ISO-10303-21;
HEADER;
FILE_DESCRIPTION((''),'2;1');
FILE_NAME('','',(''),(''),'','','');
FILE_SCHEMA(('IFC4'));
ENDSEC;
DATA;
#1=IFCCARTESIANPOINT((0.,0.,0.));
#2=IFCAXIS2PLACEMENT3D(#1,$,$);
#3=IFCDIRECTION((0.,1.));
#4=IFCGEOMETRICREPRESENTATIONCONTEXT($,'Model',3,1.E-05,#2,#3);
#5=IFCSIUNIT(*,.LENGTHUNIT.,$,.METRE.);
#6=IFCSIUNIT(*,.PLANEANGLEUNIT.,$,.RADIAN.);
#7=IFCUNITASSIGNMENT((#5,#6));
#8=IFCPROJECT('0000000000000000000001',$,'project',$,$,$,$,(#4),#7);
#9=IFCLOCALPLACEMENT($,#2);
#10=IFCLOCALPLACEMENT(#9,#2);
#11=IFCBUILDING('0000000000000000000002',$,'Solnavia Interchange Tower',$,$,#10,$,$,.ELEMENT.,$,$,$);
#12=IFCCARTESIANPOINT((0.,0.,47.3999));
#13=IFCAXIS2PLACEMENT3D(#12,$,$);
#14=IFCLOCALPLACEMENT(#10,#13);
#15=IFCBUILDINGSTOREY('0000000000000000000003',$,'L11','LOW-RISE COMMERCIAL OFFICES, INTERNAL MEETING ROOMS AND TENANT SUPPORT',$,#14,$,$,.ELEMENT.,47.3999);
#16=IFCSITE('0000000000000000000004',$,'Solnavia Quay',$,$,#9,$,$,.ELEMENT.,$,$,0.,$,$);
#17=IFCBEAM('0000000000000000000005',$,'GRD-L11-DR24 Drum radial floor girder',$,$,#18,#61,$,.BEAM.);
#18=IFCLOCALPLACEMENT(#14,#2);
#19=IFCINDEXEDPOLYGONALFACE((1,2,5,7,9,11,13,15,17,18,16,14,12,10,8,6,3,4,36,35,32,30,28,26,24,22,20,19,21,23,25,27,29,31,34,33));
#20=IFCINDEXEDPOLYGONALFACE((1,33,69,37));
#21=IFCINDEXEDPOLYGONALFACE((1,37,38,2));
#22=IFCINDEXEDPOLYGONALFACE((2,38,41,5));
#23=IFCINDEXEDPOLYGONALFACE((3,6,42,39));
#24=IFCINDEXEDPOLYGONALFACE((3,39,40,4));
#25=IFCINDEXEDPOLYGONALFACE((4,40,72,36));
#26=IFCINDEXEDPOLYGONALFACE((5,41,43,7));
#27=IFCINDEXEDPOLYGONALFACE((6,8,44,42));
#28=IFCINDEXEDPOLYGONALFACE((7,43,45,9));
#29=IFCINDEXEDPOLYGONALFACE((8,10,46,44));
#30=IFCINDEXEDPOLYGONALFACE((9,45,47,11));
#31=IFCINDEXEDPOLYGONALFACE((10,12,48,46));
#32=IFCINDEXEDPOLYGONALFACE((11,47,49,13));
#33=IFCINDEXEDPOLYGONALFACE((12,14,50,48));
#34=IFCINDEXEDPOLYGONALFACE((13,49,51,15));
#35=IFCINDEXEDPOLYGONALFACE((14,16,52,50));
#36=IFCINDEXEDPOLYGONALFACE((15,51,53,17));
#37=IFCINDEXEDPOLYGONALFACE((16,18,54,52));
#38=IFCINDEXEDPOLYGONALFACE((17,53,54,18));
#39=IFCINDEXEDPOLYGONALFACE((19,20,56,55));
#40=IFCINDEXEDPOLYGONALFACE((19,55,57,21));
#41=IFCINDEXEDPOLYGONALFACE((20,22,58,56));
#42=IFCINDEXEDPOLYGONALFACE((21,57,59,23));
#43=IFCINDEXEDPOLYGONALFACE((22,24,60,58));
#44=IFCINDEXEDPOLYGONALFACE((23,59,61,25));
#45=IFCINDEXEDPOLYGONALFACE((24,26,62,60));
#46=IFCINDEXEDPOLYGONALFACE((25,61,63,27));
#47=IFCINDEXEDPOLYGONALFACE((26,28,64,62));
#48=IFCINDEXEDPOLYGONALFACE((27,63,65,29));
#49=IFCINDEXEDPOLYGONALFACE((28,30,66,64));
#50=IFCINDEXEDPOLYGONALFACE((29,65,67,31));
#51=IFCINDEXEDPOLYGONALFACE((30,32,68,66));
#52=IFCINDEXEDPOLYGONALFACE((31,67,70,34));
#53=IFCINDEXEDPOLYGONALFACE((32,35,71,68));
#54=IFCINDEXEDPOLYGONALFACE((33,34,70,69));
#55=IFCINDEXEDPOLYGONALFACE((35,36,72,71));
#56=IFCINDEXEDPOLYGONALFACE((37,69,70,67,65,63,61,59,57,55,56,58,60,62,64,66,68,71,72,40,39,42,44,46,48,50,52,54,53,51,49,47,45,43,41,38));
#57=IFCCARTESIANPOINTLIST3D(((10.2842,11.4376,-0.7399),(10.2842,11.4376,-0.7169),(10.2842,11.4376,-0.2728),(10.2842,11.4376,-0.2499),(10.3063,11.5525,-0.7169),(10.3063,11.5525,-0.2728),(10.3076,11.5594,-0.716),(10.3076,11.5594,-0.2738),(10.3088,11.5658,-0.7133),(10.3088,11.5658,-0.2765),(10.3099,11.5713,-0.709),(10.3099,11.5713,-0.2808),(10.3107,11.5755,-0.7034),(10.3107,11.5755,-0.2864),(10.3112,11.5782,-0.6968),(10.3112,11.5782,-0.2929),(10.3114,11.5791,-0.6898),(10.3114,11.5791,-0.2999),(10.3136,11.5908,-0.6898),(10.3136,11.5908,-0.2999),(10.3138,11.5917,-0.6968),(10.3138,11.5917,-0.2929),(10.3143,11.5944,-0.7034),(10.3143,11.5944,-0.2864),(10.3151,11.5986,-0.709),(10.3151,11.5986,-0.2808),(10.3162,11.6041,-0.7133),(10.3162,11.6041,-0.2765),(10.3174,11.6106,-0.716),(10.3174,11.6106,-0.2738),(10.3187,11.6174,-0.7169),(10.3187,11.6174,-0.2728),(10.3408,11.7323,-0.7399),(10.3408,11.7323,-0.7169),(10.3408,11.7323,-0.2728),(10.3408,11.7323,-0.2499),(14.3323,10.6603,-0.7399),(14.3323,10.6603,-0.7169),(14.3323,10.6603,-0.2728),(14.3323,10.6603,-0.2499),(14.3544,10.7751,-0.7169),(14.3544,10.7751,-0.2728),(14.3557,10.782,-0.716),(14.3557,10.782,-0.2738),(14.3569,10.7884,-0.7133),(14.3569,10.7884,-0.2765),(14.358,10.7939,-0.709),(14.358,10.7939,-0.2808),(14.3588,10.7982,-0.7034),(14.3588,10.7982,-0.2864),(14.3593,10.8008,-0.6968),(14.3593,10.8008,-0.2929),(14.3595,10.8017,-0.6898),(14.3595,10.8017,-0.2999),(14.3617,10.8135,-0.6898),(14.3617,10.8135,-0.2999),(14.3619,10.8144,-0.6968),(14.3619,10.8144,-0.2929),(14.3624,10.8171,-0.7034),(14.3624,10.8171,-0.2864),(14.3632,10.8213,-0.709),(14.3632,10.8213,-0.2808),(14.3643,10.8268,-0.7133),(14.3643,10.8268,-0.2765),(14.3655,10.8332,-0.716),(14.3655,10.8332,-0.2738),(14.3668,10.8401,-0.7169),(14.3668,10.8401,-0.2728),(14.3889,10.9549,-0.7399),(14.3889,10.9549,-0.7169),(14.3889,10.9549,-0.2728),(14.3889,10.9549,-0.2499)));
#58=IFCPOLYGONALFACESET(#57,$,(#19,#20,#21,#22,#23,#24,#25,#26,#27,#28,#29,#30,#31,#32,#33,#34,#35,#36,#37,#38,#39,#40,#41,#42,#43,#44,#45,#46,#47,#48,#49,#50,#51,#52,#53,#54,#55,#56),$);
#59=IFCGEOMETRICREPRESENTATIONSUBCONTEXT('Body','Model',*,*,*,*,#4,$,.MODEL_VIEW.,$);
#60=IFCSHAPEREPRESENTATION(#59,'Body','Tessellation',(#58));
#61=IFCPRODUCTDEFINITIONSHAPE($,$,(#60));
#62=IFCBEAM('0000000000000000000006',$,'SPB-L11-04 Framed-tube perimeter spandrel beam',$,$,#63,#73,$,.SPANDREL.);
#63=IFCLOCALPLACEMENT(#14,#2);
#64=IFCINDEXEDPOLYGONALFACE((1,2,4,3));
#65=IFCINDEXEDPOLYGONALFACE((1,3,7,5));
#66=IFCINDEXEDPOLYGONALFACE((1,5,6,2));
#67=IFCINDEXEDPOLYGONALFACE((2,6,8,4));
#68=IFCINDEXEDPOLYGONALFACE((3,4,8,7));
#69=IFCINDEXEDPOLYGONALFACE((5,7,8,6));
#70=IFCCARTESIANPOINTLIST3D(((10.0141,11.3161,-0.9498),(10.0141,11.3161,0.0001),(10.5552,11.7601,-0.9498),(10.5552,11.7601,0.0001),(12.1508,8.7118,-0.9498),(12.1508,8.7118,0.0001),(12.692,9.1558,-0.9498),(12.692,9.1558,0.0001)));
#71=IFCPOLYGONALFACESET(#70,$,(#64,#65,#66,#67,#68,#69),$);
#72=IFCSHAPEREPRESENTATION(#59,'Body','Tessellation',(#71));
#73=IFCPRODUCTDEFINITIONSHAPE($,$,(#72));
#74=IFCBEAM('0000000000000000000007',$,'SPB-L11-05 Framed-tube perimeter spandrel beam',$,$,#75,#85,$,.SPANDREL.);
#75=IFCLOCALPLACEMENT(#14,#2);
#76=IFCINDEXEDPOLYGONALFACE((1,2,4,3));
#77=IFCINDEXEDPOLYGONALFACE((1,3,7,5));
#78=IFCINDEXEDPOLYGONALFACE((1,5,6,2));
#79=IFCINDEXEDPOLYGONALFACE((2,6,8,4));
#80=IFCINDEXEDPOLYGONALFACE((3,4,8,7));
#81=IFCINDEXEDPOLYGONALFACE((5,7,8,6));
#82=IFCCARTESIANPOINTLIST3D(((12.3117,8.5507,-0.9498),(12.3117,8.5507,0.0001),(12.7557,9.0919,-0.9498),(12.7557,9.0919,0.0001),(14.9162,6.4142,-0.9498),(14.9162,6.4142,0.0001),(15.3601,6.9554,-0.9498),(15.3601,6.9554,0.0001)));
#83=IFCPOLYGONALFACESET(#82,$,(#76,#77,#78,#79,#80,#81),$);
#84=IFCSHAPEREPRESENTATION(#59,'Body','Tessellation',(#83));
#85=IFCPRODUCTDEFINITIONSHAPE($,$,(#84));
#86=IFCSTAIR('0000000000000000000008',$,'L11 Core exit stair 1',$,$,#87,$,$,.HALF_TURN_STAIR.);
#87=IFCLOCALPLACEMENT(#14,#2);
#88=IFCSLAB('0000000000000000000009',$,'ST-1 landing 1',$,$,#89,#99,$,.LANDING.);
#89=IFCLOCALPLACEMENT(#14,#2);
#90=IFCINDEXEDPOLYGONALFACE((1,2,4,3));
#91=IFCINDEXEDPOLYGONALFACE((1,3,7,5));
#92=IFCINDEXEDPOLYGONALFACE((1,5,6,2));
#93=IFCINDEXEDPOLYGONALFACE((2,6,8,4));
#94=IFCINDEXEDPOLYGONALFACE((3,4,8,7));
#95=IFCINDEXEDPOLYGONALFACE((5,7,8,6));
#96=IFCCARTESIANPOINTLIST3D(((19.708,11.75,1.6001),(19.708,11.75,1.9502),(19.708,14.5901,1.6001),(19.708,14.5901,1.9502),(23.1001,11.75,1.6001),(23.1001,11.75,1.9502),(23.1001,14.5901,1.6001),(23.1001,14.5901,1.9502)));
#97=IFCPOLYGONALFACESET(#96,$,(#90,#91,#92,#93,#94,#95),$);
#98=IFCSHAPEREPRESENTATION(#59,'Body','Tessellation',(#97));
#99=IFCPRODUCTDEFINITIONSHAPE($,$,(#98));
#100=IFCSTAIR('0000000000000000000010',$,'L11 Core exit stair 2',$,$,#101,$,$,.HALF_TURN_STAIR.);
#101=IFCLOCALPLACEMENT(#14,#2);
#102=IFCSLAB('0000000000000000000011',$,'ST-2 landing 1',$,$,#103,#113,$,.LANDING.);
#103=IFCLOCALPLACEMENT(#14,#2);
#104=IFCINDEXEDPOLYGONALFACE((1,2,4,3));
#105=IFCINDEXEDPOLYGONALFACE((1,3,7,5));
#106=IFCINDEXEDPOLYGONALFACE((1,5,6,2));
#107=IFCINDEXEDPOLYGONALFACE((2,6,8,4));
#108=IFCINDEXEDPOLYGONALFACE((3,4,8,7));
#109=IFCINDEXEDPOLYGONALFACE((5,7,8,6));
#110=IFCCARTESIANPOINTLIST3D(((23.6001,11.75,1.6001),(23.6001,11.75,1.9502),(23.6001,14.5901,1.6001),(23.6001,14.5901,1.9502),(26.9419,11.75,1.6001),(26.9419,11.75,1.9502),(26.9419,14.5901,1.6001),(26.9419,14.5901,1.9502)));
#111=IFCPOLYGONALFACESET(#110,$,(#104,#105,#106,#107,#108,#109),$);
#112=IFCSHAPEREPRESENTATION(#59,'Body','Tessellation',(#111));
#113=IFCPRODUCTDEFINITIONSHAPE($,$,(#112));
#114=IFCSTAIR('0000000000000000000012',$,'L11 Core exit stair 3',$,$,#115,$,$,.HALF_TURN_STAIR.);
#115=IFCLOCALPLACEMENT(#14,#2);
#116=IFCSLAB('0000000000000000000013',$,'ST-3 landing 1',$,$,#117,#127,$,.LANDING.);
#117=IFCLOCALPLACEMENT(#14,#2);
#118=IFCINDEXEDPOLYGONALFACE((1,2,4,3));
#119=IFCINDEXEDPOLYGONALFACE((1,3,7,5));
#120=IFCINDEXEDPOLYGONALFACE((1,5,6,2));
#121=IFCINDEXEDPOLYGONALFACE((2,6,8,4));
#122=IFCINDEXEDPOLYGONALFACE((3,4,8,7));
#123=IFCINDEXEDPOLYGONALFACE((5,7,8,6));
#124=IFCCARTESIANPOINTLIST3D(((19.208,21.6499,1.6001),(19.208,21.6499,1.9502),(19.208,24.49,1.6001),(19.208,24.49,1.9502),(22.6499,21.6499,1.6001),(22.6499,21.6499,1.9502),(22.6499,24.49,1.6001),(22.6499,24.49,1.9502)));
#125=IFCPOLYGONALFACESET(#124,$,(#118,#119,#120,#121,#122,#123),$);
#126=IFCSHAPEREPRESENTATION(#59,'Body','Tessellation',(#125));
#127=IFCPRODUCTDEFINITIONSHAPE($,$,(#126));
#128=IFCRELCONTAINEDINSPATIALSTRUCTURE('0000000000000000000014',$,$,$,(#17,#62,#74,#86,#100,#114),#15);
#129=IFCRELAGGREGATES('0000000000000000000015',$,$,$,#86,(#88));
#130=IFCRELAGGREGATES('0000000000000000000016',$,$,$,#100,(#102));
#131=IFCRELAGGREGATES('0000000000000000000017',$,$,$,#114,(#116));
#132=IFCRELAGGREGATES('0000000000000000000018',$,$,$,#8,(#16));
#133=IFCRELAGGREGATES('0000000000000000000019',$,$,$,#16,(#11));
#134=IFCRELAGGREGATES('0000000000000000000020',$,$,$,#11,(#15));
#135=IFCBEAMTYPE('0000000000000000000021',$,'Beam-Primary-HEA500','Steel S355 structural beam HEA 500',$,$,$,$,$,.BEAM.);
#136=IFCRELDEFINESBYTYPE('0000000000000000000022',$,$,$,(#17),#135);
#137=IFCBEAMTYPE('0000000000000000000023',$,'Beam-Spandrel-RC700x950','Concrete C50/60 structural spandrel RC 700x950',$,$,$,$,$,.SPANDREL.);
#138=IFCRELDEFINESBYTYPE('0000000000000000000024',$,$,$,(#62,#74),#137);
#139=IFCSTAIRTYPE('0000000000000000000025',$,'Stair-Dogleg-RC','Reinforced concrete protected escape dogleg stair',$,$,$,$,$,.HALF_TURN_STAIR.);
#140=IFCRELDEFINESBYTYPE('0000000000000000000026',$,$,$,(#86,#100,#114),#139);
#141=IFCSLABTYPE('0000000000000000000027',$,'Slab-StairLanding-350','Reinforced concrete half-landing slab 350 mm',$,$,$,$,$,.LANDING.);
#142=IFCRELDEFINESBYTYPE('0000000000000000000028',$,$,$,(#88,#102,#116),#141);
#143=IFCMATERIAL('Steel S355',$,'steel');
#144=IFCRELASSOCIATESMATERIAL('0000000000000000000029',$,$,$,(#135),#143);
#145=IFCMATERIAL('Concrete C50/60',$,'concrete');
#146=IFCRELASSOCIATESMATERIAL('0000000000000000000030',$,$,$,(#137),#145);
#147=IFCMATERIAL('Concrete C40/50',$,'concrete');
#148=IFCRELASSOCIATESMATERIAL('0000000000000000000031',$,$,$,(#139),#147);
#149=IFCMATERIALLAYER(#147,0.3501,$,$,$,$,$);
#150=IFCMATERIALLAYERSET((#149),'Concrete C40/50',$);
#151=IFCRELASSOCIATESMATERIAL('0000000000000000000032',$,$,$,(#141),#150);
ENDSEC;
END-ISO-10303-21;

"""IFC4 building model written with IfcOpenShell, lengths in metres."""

from ifc_helpers import new_model, si_unit, direction, frame, origin, origin_2d, place, context, subcontext, project, spatial, polyline, rectangle, i_section, outline, extrude, material, layer, layer_set, material_profile, profile_set, type_object, element, aggregate, save


model = new_model("IFC4")

# Units and contexts
model_context = context("Model", 3, precision=1e-05, world=origin(), true_north=direction((0.0, 1.0)))
body_context = subcontext(model_context, "Body", "Model", "MODEL_VIEW")
ifc_project = project(units=[si_unit("LENGTHUNIT", "METRE"), si_unit("PLANEANGLEUNIT", "RADIAN")], contexts=[model_context])

# Site, building, storey
site_placement = place(None, origin())
site = spatial("IfcSite", under=ifc_project, at=site_placement, Name="Solnavia Quay", CompositionType="ELEMENT", RefElevation=0.0)
building_placement = place(site_placement, origin())
building = spatial("IfcBuilding", under=site, at=building_placement, Name="Solnavia Interchange Tower", CompositionType="ELEMENT")
storey_placement = place(building_placement, frame((0.0, 0.0, 47.3999)))
storey = spatial("IfcBuildingStorey", under=building, at=storey_placement, Name="L11", Description="LOW-RISE COMMERCIAL OFFICES, INTERNAL MEETING ROOMS AND TENANT SUPPORT", CompositionType="ELEMENT", Elevation=47.3999)

# Shared definitions
ifc_material_1 = material(Name="Steel S355", Category="steel")

# Beams
ifc_material_profile_1 = material_profile(ifc_material_1, i_section(OverallWidth=0.3, OverallDepth=0.49, WebThickness=0.012, FlangeThickness=0.0229, FilletRadius=0.0271, at=origin_2d()), Name="HEA 500")
ifc_profile_set_1 = profile_set([ifc_material_profile_1], Name="Steel S355")
beam_type_1 = type_object("IfcBeamType", Name="Beam-Primary-HEA500", Description="Steel S355 structural beam HEA 500", PredefinedType="BEAM", material=ifc_profile_set_1)
beam_1_placement = place(storey_placement, frame((10.3125, 11.585, -0.4949), z_axis=(0.982058, -0.188582, 0.0), x_axis=(0.188582, 0.982058, 0.0)))
element("IfcBeam", 1, at=beam_1_placement, inside=storey, type_object=beam_type_1, Name="GRD-L11-DR24 Drum radial floor girder", PredefinedType="BEAM", context=body_context, shape_type="SweptSolid", body=[
    extrude(i_section(OverallWidth=0.3, OverallDepth=0.49, WebThickness=0.012, FlangeThickness=0.0229, FilletRadius=0.0271, at=origin_2d()), origin(), (0.0, 0.0, 1.0), 4.1221),
])
ifc_material_2 = material(Name="Concrete C50/60", Category="concrete")
ifc_material_profile_2 = material_profile(ifc_material_2, rectangle(XDim=0.7, YDim=0.95, at=origin_2d()), Name="RC 700x950")
ifc_profile_set_2 = profile_set([ifc_material_profile_2], Name="Concrete C50/60")
beam_type_2 = type_object("IfcBeamType", Name="Beam-Spandrel-RC700x950", Description="Concrete C50/60 structural spandrel RC 700x950", PredefinedType="SPANDREL", material=ifc_profile_set_2)
for number, where, z_axis, x_axis, name in (
    (2, (10.2847, 11.5381, -0.4749), (0.634299, -0.773088, 0.0), (0.773088, 0.634299, 0.0), "SPB-L11-04 Framed-tube perimeter spandrel beam"),
    (3, (12.5337, 8.8213, -0.4749), (0.773153, -0.63422, 0.0), (0.63422, 0.773153, 0.0), "SPB-L11-05 Framed-tube perimeter spandrel beam"),
):
    element("IfcBeam", number, at=place(storey_placement, frame(where, z_axis=z_axis, x_axis=x_axis)), inside=storey, type_object=beam_type_2, Name=name, PredefinedType="SPANDREL", context=body_context, shape_type="SweptSolid", body=[
        extrude(rectangle(XDim=0.7, YDim=0.95, at=origin_2d()), origin(), (0.0, 0.0, 1.0), 3.3687),
    ])

# Stairs, slabs
ifc_material_3 = material(Name="Concrete C40/50", Category="concrete")
stair_type = type_object("IfcStairType", Name="Stair-Dogleg-RC", Description="Reinforced concrete protected escape dogleg stair", PredefinedType="HALF_TURN_STAIR", material=ifc_material_3)
stair_1_placement = place(storey_placement, origin())
stair_1 = element("IfcStair", 4, at=stair_1_placement, inside=storey, type_object=stair_type, Name="L11 Core exit stair 1", PredefinedType="HALF_TURN_STAIR")
ifc_layer_1 = layer(ifc_material_3, 0.3501)
ifc_layer_set_1 = layer_set([ifc_layer_1], Name="Concrete C40/50")
slab_type_1 = type_object("IfcSlabType", Name="Slab-StairLanding-350", Description="Reinforced concrete half-landing slab 350 mm", PredefinedType="LANDING", material=ifc_layer_set_1)
slab_1_placement = place(storey_placement, frame((0.0, 0.0, 1.6001)))
slab_1 = element("IfcSlab", 5, at=slab_1_placement, type_object=slab_type_1, Name="ST-1 landing 1", PredefinedType="LANDING", context=body_context, shape_type="SweptSolid", body=[
    extrude(outline(polyline([(19.708, 11.75), (23.1001, 11.75), (23.1001, 14.5901), (19.708, 14.5901), (19.708, 11.75)])), origin(), (0.0, 0.0, 1.0), 0.3501),
])
aggregate(stair_1, [slab_1])
stair_2_placement = place(storey_placement, origin())
stair_2 = element("IfcStair", 6, at=stair_2_placement, inside=storey, type_object=stair_type, Name="L11 Core exit stair 2", PredefinedType="HALF_TURN_STAIR")
slab_2_placement = place(storey_placement, frame((0.0, 0.0, 1.6001)))
slab_2 = element("IfcSlab", 7, at=slab_2_placement, type_object=slab_type_1, Name="ST-2 landing 1", PredefinedType="LANDING", context=body_context, shape_type="SweptSolid", body=[
    extrude(outline(polyline([(23.6001, 11.75), (26.9419, 11.75), (26.9419, 14.5901), (23.6001, 14.5901), (23.6001, 11.75)])), origin(), (0.0, 0.0, 1.0), 0.3501),
])
aggregate(stair_2, [slab_2])
stair_3_placement = place(storey_placement, origin())
stair_3 = element("IfcStair", 8, at=stair_3_placement, inside=storey, type_object=stair_type, Name="L11 Core exit stair 3", PredefinedType="HALF_TURN_STAIR")
slab_3_placement = place(storey_placement, frame((0.0, 0.0, 1.6001)))
slab_3 = element("IfcSlab", 9, at=slab_3_placement, type_object=slab_type_1, Name="ST-3 landing 1", PredefinedType="LANDING", context=body_context, shape_type="SweptSolid", body=[
    extrude(outline(polyline([(19.208, 21.6499), (22.6499, 21.6499), (22.6499, 24.49), (19.208, 24.49), (19.208, 21.6499)])), origin(), (0.0, 0.0, 1.0), 0.3501),
])
aggregate(stair_3, [slab_3])

save(model, "model.ifc")
